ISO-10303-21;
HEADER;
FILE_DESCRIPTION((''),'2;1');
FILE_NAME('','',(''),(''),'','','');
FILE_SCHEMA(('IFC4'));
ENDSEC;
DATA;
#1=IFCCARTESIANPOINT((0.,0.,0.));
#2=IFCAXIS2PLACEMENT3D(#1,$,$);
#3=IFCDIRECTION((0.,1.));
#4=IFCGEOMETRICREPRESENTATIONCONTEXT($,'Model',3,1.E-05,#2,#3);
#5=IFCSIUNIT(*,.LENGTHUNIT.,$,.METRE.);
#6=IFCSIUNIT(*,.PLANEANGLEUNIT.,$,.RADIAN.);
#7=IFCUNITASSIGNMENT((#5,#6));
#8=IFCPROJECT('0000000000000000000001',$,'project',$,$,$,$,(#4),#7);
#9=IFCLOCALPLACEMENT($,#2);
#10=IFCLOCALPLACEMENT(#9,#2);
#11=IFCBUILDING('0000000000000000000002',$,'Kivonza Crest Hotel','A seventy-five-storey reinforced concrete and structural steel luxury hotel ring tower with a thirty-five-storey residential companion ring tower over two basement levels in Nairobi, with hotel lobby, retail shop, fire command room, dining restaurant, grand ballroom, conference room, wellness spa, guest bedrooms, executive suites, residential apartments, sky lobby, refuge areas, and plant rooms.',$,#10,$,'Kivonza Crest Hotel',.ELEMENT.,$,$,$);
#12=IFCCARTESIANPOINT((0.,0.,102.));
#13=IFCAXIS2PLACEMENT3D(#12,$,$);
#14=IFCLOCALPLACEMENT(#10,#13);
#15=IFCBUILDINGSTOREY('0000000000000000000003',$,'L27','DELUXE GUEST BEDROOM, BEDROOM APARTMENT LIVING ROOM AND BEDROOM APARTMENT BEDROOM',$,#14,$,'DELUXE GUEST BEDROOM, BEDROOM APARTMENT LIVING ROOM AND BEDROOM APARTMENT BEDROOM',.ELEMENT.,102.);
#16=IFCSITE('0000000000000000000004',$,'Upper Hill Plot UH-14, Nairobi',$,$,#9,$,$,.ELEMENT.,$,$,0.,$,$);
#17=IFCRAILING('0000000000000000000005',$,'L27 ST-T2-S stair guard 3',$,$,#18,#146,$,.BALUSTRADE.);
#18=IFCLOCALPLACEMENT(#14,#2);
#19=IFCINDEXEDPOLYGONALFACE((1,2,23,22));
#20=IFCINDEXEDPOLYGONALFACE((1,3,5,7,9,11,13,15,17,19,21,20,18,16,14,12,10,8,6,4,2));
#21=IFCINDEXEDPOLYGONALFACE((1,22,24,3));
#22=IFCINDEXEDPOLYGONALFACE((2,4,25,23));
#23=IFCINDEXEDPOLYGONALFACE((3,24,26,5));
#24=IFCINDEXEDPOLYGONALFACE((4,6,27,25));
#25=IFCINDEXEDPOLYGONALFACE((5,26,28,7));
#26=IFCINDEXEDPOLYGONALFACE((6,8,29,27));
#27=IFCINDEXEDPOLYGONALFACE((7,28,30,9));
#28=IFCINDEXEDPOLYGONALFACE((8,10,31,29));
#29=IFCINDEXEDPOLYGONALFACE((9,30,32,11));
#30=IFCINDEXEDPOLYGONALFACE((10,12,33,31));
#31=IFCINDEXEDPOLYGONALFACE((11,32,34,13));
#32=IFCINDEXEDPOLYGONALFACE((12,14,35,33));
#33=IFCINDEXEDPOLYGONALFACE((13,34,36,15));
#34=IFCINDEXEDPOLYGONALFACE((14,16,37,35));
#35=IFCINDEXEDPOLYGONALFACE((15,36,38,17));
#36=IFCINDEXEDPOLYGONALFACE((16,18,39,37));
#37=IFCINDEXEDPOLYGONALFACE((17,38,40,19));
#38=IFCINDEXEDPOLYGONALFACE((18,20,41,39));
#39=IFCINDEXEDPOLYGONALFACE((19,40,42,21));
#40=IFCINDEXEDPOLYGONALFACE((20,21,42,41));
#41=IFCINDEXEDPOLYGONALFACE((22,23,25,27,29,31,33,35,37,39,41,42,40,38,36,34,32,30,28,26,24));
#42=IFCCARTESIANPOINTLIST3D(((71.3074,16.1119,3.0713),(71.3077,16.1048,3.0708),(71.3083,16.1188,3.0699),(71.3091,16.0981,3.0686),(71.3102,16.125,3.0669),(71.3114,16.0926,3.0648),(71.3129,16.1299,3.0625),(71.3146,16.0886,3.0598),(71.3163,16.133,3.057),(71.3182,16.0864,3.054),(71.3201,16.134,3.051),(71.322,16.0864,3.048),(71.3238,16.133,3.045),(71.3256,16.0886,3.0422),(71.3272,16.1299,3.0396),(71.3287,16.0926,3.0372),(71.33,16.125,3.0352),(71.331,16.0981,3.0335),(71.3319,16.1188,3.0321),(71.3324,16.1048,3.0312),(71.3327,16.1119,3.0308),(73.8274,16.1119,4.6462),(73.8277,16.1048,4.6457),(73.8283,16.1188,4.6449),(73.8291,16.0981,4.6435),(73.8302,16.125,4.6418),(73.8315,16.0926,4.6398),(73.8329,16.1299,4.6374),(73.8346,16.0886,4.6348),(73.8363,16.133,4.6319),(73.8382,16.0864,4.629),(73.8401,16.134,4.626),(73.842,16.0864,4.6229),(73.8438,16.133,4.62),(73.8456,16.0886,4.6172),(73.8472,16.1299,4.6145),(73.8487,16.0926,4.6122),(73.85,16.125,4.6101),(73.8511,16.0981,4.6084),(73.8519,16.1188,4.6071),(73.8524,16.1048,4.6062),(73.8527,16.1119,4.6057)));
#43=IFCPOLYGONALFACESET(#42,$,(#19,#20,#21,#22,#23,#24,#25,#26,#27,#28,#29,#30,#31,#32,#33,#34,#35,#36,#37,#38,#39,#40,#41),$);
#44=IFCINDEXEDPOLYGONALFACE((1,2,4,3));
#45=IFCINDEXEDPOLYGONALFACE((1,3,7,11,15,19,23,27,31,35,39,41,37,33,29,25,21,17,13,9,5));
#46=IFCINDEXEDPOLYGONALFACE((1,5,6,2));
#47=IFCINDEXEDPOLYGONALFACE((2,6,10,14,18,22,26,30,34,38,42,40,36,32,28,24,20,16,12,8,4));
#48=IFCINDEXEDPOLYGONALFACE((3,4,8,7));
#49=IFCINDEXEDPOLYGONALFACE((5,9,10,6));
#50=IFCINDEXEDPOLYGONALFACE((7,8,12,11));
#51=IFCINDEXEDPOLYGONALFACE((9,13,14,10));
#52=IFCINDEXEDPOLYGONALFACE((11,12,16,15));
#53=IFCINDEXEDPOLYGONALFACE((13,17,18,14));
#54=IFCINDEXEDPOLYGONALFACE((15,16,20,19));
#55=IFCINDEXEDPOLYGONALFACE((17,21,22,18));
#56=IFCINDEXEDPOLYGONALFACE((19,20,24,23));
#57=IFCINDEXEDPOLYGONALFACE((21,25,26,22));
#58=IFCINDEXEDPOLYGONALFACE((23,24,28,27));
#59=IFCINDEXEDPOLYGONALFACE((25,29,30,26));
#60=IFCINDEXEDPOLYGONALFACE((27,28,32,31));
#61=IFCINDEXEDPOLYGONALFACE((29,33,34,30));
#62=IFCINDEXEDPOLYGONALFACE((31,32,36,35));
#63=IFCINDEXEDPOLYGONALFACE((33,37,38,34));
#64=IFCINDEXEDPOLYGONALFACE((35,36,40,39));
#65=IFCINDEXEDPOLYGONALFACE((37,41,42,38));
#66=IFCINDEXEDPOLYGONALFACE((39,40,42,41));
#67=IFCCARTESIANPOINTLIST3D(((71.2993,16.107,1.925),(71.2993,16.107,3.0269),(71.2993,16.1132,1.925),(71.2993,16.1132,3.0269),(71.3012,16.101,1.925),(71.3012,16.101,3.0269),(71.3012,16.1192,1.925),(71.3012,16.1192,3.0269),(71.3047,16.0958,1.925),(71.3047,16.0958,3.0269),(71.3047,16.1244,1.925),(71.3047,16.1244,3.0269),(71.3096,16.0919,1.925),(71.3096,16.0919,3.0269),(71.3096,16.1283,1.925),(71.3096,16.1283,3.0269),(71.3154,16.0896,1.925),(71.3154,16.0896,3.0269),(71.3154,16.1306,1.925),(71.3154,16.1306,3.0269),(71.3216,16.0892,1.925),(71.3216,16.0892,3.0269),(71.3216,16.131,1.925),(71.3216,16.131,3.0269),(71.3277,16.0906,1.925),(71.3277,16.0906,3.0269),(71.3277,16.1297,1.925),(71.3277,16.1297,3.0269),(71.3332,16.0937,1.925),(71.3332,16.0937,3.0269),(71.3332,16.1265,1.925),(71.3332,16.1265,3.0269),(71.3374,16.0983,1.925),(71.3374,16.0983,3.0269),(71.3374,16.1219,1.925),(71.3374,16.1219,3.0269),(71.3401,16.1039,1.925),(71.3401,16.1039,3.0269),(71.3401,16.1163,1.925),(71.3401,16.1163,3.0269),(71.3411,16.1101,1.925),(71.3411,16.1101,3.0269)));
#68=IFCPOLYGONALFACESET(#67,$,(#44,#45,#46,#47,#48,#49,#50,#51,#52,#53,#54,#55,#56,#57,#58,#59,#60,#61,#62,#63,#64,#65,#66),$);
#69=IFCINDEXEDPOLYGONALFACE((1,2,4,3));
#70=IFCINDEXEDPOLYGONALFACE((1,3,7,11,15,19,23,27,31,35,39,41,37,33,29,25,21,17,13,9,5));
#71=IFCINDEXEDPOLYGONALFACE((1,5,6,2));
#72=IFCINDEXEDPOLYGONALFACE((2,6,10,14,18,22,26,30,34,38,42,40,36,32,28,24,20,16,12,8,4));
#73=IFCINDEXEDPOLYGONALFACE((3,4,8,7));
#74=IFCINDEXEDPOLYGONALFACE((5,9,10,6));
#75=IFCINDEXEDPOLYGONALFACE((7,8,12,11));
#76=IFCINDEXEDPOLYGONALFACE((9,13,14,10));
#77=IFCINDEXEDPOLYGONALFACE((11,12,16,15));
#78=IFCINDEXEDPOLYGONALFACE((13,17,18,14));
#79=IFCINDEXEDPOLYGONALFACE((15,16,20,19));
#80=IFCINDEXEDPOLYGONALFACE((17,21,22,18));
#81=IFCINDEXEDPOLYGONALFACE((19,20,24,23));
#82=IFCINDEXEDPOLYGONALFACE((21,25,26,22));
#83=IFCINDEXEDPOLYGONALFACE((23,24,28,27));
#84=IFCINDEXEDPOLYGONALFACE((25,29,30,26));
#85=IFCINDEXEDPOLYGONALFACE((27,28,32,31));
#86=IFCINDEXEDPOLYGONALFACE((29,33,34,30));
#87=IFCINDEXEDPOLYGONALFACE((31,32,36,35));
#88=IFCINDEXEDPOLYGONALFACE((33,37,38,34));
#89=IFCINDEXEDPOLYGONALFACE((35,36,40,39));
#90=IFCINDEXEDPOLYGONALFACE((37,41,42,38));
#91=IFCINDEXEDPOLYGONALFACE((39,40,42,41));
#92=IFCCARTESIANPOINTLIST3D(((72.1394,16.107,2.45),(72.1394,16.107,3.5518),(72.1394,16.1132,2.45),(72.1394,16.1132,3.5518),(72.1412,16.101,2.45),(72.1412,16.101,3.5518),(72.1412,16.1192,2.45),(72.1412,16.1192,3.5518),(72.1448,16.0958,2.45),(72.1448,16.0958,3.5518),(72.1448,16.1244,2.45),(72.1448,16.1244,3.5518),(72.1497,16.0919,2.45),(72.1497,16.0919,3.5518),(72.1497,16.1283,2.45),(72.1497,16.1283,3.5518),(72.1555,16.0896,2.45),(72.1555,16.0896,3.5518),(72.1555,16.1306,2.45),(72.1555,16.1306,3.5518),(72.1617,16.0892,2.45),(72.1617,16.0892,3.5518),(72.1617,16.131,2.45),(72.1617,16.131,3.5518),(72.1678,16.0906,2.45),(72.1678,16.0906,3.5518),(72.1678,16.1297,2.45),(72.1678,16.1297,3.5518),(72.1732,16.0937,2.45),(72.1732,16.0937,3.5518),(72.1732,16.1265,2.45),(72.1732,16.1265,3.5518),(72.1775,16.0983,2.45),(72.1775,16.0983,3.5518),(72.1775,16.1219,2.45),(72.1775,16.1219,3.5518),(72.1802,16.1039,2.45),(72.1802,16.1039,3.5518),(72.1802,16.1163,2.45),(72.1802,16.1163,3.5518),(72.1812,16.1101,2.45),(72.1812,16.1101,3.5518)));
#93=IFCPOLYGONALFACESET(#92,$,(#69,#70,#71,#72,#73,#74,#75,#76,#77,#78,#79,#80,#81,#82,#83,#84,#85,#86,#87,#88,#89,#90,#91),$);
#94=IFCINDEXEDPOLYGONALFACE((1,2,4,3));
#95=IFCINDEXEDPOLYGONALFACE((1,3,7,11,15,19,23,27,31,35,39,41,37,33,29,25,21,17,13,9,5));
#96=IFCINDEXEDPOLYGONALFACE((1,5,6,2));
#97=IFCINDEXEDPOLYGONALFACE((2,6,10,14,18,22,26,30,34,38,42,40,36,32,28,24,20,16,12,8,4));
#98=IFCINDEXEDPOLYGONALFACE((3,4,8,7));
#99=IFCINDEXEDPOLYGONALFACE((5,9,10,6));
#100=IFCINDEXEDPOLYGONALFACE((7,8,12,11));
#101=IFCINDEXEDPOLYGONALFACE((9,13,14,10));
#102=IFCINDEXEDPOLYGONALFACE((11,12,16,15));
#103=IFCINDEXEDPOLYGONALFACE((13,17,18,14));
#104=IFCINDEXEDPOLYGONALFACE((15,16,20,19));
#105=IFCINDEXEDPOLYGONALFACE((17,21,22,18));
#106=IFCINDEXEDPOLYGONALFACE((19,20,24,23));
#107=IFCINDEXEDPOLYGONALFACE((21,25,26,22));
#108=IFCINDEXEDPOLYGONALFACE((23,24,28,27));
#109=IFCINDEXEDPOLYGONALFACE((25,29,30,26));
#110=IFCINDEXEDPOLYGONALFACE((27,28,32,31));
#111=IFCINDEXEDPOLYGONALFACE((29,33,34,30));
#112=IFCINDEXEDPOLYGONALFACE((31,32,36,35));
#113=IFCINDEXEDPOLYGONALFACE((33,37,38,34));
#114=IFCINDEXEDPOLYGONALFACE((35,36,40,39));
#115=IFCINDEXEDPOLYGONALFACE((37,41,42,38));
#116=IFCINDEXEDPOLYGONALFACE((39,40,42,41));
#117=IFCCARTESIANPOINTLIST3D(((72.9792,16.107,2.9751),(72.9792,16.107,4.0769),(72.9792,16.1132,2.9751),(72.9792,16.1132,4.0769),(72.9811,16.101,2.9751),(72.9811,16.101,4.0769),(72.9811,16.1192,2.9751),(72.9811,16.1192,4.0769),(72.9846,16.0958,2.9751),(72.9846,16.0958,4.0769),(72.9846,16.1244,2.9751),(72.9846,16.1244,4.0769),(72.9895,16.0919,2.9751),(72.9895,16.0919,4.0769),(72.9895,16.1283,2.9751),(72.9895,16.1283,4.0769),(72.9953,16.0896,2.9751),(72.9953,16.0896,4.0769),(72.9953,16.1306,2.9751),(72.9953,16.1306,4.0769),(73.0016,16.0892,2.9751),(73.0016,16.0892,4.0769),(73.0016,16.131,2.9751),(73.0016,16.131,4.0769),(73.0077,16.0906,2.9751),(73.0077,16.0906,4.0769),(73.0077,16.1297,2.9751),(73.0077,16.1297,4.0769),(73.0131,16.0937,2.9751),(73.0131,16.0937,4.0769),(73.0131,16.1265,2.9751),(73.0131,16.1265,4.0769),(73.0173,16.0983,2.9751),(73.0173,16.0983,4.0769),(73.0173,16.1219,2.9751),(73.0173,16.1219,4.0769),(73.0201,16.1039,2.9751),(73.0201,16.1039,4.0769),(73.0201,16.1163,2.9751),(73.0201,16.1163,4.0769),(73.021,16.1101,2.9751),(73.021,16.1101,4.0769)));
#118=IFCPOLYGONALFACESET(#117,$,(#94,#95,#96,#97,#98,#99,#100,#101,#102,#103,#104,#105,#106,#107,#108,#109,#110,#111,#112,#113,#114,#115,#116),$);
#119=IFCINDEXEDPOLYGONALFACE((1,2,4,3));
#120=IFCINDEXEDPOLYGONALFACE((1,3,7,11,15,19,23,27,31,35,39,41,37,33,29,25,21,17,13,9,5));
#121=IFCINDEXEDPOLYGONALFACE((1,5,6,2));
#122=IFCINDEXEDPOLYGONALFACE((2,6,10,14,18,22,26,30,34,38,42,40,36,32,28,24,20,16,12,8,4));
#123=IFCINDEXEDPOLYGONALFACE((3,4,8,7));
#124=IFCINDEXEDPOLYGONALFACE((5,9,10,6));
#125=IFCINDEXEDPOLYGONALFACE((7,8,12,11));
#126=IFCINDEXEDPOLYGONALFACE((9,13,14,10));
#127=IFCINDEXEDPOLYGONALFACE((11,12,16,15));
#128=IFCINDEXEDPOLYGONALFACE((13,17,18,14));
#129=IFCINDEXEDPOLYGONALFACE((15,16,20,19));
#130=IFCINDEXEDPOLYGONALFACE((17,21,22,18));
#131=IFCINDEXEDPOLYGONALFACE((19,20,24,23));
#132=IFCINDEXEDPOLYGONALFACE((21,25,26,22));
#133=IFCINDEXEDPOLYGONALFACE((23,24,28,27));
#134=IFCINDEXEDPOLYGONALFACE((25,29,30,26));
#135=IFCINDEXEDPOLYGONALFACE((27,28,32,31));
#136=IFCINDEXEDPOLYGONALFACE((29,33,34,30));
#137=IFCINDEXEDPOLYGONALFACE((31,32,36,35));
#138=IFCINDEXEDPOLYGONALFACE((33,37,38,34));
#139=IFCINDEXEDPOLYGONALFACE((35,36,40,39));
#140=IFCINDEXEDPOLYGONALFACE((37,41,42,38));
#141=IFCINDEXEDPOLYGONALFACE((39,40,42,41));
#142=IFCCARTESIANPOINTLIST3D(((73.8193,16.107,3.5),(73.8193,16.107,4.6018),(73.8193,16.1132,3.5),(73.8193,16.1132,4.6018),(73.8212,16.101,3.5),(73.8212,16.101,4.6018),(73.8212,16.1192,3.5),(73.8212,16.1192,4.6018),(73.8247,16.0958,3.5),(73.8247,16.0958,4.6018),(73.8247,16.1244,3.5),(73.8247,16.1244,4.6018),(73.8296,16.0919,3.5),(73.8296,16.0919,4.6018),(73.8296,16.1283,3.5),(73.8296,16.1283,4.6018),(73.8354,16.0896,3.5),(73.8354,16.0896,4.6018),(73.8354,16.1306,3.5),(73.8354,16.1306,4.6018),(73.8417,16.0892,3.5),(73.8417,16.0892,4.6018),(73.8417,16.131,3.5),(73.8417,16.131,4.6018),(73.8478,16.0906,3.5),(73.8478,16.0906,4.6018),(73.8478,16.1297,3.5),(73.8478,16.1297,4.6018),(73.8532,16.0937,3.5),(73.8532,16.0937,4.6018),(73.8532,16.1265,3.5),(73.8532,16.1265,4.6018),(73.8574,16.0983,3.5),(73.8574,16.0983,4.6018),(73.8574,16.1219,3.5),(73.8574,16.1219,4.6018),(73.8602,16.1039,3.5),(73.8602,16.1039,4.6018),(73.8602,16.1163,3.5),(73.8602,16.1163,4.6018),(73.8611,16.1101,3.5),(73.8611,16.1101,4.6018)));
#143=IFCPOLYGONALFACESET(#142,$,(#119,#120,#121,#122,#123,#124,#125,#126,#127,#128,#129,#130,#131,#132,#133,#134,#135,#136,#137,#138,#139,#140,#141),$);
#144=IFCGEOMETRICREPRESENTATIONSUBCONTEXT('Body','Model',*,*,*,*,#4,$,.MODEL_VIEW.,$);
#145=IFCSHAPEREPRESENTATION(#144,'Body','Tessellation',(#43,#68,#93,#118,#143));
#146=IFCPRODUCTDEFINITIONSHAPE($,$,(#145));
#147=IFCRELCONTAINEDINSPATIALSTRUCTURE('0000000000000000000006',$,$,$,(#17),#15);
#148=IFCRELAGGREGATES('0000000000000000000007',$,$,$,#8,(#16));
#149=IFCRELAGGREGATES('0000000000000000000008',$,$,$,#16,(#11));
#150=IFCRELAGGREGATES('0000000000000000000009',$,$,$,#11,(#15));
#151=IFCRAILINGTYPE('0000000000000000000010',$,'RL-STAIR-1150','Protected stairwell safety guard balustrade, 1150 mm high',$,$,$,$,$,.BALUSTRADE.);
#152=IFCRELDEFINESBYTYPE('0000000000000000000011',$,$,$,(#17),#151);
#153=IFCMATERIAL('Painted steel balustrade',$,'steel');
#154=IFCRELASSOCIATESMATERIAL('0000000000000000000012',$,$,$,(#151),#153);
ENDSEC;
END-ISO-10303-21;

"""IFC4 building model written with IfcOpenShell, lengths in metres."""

from ifc_helpers import new_model, si_unit, direction, frame, origin, origin_2d, place, context, subcontext, project, spatial, circle, extrude, material, type_object, element, save


model = new_model("IFC4")

# Units and contexts
model_context = context("Model", 3, precision=1e-05, world=origin(), true_north=direction((0.0, 1.0)))
body_context = subcontext(model_context, "Body", "Model", "MODEL_VIEW")
ifc_project = project(units=[si_unit("LENGTHUNIT", "METRE"), si_unit("PLANEANGLEUNIT", "RADIAN")], contexts=[model_context])

# Site, building, storey
site_placement = place(None, origin())
site = spatial("IfcSite", under=ifc_project, at=site_placement, Name="Upper Hill Plot UH-14, Nairobi", CompositionType="ELEMENT", RefElevation=0.0)
building_placement = place(site_placement, origin())
building = spatial("IfcBuilding", under=site, at=building_placement, Name="Kivonza Crest Hotel", Description="A seventy-five-storey reinforced concrete and structural steel luxury hotel ring tower with a thirty-five-storey residential companion ring tower over two basement levels in Nairobi, with hotel lobby, retail shop, fire command room, dining restaurant, grand ballroom, conference room, wellness spa, guest bedrooms, executive suites, residential apartments, sky lobby, refuge areas, and plant rooms.", LongName="Kivonza Crest Hotel", CompositionType="ELEMENT")
storey_placement = place(building_placement, frame((0.0, 0.0, 102.0)))
storey = spatial("IfcBuildingStorey", under=building, at=storey_placement, Name="L27", Description="DELUXE GUEST BEDROOM, BEDROOM APARTMENT LIVING ROOM AND BEDROOM APARTMENT BEDROOM", LongName="DELUXE GUEST BEDROOM, BEDROOM APARTMENT LIVING ROOM AND BEDROOM APARTMENT BEDROOM", CompositionType="ELEMENT", Elevation=102.0)

# Railing
ifc_material_1 = material(Name="Painted steel balustrade", Category="steel")
railing_type_1 = type_object("IfcRailingType", Name="RL-STAIR-1150", Description="Protected stairwell safety guard balustrade, 1150 mm high", PredefinedType="BALUSTRADE", material=ifc_material_1)
railing_1_placement = place(storey_placement, frame((71.3201, 16.1101, 1.925)))
element("IfcRailing", 1, at=railing_1_placement, inside=storey, type_object=railing_type_1, Name="L27 ST-T2-S stair guard 3", PredefinedType="BALUSTRADE", context=body_context, shape_type="SweptSolid", body=[
    extrude(circle(Radius=0.0239, at=origin_2d()), frame((0.0, 0.0, 1.126), z_axis=(0.848008, 0.0, 0.529984), x_axis=(0.0, 1.0, 0.0)), (0.0, 0.0, 1.0), 2.9717),
    extrude(circle(Radius=0.021, at=origin_2d()), origin(), (0.0, 0.0, 1.0), 1.1018),
    extrude(circle(Radius=0.021, at=origin_2d()), frame((0.8401, 0.0, 0.5249)), (0.0, 0.0, 1.0), 1.1018),
    extrude(circle(Radius=0.021, at=origin_2d()), frame((1.6799, 0.0, 1.05)), (0.0, 0.0, 1.0), 1.1018),
    extrude(circle(Radius=0.021, at=origin_2d()), frame((2.52, 0.0, 1.575)), (0.0, 0.0, 1.0), 1.1018),
])

save(model, "model.ifc")
